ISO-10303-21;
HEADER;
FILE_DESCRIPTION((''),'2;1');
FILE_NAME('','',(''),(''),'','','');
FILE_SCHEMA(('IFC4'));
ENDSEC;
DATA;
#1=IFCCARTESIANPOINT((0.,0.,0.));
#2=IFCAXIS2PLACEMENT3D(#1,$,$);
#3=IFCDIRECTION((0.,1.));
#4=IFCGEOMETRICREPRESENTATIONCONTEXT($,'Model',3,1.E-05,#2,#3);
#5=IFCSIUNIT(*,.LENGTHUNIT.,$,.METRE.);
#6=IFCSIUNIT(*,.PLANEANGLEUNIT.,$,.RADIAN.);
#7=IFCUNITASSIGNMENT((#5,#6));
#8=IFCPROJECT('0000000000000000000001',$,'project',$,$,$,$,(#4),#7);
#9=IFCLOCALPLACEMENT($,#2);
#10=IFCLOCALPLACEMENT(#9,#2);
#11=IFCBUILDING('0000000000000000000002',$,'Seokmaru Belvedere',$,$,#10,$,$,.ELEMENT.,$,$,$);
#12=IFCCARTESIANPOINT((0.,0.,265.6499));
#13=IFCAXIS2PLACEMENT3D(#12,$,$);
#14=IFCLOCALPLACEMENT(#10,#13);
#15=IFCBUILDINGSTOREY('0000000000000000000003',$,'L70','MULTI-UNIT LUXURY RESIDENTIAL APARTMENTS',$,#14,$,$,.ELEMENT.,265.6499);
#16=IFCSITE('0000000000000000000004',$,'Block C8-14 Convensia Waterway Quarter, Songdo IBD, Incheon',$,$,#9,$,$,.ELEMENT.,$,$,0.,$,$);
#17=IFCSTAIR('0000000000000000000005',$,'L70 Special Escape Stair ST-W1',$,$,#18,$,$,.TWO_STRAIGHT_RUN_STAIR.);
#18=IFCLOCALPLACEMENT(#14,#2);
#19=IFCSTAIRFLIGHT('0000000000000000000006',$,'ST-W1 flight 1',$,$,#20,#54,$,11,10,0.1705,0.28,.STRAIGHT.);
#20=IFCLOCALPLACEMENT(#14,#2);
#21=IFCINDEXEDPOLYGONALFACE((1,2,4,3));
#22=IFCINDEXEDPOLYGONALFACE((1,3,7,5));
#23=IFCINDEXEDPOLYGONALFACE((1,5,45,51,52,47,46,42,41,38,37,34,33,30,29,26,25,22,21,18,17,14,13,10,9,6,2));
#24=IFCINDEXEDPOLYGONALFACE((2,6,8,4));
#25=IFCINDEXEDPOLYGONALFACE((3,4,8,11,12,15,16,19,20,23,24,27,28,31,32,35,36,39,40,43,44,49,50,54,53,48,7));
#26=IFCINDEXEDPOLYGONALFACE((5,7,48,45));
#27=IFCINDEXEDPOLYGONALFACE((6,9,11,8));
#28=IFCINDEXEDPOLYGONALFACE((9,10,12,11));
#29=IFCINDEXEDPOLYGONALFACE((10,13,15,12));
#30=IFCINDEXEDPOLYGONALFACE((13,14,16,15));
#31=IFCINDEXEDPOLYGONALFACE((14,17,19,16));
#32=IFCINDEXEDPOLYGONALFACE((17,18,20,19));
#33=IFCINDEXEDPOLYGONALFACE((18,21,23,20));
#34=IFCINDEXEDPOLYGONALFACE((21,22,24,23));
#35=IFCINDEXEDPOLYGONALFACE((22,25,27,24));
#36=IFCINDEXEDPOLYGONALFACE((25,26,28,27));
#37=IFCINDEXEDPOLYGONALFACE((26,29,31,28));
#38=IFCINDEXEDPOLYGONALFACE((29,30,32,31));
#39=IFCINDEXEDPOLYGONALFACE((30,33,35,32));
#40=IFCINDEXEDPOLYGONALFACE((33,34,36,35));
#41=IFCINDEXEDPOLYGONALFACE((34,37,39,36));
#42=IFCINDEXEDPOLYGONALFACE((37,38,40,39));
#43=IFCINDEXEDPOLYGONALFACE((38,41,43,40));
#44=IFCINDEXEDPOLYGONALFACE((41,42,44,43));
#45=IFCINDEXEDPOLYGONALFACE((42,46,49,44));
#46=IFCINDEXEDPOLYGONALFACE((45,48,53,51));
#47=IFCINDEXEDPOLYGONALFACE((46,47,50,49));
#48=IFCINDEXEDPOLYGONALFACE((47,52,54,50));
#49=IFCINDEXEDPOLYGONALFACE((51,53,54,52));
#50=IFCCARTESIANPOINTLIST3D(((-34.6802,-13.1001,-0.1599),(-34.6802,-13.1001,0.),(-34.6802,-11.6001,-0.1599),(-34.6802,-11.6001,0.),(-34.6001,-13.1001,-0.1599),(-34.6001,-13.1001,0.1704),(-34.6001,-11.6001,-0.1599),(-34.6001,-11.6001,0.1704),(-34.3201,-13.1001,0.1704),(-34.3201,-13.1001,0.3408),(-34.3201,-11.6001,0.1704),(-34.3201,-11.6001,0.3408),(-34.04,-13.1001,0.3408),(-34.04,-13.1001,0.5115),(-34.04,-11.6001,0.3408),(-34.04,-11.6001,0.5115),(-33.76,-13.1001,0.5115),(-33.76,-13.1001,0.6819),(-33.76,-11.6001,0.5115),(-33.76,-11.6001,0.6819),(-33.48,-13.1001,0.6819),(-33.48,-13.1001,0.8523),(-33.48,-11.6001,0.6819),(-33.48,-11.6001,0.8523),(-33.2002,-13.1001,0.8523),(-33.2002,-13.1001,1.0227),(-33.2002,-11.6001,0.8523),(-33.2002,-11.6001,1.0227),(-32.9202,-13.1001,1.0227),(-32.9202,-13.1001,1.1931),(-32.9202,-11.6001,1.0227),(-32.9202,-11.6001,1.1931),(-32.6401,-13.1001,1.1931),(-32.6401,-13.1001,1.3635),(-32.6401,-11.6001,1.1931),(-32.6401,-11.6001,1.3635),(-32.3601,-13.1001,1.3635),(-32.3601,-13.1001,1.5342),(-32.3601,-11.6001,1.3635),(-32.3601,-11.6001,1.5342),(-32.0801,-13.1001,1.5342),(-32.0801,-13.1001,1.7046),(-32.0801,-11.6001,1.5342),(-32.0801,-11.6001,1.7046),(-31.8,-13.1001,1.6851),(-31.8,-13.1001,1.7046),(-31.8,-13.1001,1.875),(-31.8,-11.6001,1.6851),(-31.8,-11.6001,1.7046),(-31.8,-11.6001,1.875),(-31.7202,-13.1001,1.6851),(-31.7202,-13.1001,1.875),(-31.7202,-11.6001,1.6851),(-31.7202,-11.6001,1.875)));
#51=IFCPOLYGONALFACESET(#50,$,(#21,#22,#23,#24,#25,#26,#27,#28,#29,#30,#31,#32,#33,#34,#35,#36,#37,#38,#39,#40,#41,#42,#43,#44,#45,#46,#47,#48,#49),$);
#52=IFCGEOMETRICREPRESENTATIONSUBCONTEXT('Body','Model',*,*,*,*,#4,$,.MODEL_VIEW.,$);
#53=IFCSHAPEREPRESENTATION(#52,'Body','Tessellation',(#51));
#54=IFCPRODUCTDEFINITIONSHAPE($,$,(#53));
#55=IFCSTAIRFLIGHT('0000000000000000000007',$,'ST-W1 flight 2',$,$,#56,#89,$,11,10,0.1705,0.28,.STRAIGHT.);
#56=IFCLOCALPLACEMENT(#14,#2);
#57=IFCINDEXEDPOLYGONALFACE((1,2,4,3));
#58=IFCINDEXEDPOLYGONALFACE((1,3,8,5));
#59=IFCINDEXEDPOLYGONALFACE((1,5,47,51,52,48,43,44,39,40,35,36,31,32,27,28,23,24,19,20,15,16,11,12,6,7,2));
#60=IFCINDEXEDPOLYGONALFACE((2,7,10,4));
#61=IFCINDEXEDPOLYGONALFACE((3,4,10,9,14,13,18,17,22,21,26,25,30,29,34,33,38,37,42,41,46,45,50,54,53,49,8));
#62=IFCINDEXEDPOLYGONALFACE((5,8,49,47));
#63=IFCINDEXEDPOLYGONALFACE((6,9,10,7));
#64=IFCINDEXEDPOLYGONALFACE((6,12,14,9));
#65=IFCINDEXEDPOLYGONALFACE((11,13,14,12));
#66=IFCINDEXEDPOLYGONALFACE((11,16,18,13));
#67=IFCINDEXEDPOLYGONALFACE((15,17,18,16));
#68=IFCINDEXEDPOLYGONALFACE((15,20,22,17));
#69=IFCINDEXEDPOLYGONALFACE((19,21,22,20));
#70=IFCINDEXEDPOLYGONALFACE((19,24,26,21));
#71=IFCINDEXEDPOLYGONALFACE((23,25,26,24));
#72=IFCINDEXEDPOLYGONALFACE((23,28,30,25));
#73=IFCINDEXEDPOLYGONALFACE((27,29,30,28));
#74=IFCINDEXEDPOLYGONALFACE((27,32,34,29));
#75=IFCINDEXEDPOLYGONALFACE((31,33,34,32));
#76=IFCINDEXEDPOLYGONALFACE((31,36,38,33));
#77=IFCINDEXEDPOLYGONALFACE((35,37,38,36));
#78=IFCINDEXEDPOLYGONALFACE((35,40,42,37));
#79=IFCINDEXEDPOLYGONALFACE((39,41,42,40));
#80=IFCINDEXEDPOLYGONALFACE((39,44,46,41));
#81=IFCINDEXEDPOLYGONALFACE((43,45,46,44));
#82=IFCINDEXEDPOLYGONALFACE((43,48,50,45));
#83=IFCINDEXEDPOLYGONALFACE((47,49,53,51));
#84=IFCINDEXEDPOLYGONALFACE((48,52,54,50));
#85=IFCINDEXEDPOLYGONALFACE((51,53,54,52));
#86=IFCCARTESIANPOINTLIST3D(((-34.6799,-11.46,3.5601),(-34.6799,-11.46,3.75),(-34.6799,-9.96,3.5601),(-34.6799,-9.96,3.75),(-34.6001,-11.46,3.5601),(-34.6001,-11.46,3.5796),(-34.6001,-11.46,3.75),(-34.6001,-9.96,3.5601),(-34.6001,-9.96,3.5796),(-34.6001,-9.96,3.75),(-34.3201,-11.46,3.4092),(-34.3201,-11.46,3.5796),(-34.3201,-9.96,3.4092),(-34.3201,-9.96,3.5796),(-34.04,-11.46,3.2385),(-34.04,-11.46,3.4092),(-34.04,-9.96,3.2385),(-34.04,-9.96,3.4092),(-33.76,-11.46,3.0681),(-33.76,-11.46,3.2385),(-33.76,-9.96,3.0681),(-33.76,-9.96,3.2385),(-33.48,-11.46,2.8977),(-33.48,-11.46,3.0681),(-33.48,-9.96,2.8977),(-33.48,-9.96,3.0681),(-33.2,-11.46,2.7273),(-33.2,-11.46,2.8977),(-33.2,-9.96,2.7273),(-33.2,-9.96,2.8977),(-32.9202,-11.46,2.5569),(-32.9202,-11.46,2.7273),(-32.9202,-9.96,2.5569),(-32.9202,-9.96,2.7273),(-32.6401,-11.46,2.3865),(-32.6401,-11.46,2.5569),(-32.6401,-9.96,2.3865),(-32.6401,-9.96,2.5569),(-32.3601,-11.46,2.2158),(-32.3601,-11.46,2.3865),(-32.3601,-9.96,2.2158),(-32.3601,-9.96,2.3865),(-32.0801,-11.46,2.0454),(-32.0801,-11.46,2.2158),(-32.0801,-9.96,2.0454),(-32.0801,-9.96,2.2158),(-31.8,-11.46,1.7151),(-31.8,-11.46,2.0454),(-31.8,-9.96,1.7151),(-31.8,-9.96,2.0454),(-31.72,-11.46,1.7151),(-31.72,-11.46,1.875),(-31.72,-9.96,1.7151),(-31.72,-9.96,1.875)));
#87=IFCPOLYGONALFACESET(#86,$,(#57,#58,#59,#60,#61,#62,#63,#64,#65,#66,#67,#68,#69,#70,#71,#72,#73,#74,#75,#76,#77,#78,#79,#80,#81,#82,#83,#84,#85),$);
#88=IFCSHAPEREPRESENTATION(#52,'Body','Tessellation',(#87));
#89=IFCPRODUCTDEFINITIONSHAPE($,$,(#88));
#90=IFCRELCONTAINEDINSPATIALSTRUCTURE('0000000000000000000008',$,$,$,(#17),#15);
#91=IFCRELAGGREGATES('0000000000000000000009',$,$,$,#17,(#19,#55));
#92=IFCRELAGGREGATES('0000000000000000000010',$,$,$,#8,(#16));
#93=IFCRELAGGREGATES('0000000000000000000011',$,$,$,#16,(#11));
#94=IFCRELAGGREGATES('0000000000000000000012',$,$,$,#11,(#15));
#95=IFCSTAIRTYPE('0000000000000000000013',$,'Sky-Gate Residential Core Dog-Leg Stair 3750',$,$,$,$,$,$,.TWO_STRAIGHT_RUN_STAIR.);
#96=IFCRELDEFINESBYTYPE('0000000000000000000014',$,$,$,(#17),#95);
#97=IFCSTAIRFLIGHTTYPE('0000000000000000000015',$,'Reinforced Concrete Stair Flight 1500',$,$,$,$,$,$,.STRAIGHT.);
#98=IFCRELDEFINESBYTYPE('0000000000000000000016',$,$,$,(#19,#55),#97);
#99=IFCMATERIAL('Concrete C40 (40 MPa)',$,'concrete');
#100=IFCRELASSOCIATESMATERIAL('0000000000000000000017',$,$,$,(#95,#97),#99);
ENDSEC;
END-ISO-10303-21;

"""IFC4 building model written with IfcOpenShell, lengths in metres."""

from ifc_helpers import new_model, si_unit, direction, frame, origin, place, context, subcontext, project, spatial, polyline, outline, extrude, material, type_object, element, aggregate, save


model = new_model("IFC4")

# Units and contexts
model_context = context("Model", 3, precision=1e-05, world=origin(), true_north=direction((0.0, 1.0)))
body_context = subcontext(model_context, "Body", "Model", "MODEL_VIEW")
ifc_project = project(units=[si_unit("LENGTHUNIT", "METRE"), si_unit("PLANEANGLEUNIT", "RADIAN")], contexts=[model_context])

# Site, building, storey
site_placement = place(None, origin())
site = spatial("IfcSite", under=ifc_project, at=site_placement, Name="Block C8-14 Convensia Waterway Quarter, Songdo IBD, Incheon", CompositionType="ELEMENT", RefElevation=0.0)
building_placement = place(site_placement, origin())
building = spatial("IfcBuilding", under=site, at=building_placement, Name="Seokmaru Belvedere", CompositionType="ELEMENT")
storey_placement = place(building_placement, frame((0.0, 0.0, 265.6499)))
storey = spatial("IfcBuildingStorey", under=building, at=storey_placement, Name="L70", Description="MULTI-UNIT LUXURY RESIDENTIAL APARTMENTS", CompositionType="ELEMENT", Elevation=265.6499)

# Stair, stair flights
ifc_material_1 = material(Name="Concrete C40 (40 MPa)", Category="concrete")
stair_type = type_object("IfcStairType", Name="Sky-Gate Residential Core Dog-Leg Stair 3750", PredefinedType="TWO_STRAIGHT_RUN_STAIR", material=ifc_material_1)
stair_placement = place(storey_placement, origin())
stair = element("IfcStair", 1, at=stair_placement, inside=storey, type_object=stair_type, Name="L70 Special Escape Stair ST-W1", PredefinedType="TWO_STRAIGHT_RUN_STAIR")
stair_flight_type = type_object("IfcStairFlightType", Name="Reinforced Concrete Stair Flight 1500", PredefinedType="STRAIGHT", material=ifc_material_1)
stair_flight_1_placement = place(storey_placement, frame((-34.6001, -12.3501, 0.0), z_axis=(0.0, 0.0, 1.0), x_axis=(1.0, 0.0, 0.0)))
stair_flight_1 = element("IfcStairFlight", 2, at=stair_flight_1_placement, type_object=stair_flight_type, Name="ST-W1 flight 1", NumberOfRisers=11, NumberOfTreads=10, PredefinedType="STRAIGHT", RiserHeight=0.1705, TreadLength=0.28, context=body_context, shape_type="SweptSolid", body=[
    extrude(outline(polyline([(-0.0801, 0.0), (0.0, 0.1704), (0.28, 0.1704), (0.28, 0.3408), (0.5601, 0.3408), (0.5601, 0.5115), (0.8401, 0.5115), (0.8401, 0.6819), (1.1201, 0.6819), (1.1201, 0.8523), (1.3999, 0.8523), (1.3999, 1.0227), (1.6799, 1.0227), (1.6799, 1.1931), (1.96, 1.1931), (1.96, 1.3635), (2.24, 1.3635), (2.24, 1.5342), (2.52, 1.5342), (2.52, 1.7046), (2.8, 1.7046), (2.8, 1.875), (2.8799, 1.875), (2.8799, 1.6851), (2.8, 1.6851), (0.0, -0.1599), (-0.0801, -0.1599), (-0.0801, 0.0)])), frame((0.0, 0.75, 0.0), z_axis=(0.0, -1.0, 0.0), x_axis=(1.0, 0.0, 0.0)), (0.0, 0.0, 1.0), 1.5),
])
stair_flight_2_placement = place(storey_placement, frame((-31.8, -10.71, 1.875), z_axis=(0.0, 0.0, 1.0), x_axis=(-1.0, 0.0, 0.0)))
stair_flight_2 = element("IfcStairFlight", 3, at=stair_flight_2_placement, type_object=stair_flight_type, Name="ST-W1 flight 2", NumberOfRisers=11, NumberOfTreads=10, PredefinedType="STRAIGHT", RiserHeight=0.1705, TreadLength=0.28, context=body_context, shape_type="SweptSolid", body=[
    extrude(outline(polyline([(-0.0801, 0.0), (0.0, 0.1704), (0.28, 0.1704), (0.28, 0.3408), (0.5601, 0.3408), (0.5601, 0.5115), (0.8401, 0.5115), (0.8401, 0.6819), (1.1201, 0.6819), (1.1201, 0.8523), (1.3999, 0.8523), (1.3999, 1.0227), (1.6799, 1.0227), (1.6799, 1.1931), (1.96, 1.1931), (1.96, 1.3635), (2.24, 1.3635), (2.24, 1.5342), (2.52, 1.5342), (2.52, 1.7046), (2.8, 1.7046), (2.8, 1.875), (2.8799, 1.875), (2.8799, 1.6851), (2.8, 1.6851), (0.0, -0.1599), (-0.0801, -0.1599), (-0.0801, 0.0)])), frame((0.0, 0.75, 0.0), z_axis=(0.0, -1.0, 0.0), x_axis=(1.0, 0.0, 0.0)), (0.0, 0.0, 1.0), 1.5),
])
aggregate(stair, [stair_flight_1, stair_flight_2])

save(model, "model.ifc")
